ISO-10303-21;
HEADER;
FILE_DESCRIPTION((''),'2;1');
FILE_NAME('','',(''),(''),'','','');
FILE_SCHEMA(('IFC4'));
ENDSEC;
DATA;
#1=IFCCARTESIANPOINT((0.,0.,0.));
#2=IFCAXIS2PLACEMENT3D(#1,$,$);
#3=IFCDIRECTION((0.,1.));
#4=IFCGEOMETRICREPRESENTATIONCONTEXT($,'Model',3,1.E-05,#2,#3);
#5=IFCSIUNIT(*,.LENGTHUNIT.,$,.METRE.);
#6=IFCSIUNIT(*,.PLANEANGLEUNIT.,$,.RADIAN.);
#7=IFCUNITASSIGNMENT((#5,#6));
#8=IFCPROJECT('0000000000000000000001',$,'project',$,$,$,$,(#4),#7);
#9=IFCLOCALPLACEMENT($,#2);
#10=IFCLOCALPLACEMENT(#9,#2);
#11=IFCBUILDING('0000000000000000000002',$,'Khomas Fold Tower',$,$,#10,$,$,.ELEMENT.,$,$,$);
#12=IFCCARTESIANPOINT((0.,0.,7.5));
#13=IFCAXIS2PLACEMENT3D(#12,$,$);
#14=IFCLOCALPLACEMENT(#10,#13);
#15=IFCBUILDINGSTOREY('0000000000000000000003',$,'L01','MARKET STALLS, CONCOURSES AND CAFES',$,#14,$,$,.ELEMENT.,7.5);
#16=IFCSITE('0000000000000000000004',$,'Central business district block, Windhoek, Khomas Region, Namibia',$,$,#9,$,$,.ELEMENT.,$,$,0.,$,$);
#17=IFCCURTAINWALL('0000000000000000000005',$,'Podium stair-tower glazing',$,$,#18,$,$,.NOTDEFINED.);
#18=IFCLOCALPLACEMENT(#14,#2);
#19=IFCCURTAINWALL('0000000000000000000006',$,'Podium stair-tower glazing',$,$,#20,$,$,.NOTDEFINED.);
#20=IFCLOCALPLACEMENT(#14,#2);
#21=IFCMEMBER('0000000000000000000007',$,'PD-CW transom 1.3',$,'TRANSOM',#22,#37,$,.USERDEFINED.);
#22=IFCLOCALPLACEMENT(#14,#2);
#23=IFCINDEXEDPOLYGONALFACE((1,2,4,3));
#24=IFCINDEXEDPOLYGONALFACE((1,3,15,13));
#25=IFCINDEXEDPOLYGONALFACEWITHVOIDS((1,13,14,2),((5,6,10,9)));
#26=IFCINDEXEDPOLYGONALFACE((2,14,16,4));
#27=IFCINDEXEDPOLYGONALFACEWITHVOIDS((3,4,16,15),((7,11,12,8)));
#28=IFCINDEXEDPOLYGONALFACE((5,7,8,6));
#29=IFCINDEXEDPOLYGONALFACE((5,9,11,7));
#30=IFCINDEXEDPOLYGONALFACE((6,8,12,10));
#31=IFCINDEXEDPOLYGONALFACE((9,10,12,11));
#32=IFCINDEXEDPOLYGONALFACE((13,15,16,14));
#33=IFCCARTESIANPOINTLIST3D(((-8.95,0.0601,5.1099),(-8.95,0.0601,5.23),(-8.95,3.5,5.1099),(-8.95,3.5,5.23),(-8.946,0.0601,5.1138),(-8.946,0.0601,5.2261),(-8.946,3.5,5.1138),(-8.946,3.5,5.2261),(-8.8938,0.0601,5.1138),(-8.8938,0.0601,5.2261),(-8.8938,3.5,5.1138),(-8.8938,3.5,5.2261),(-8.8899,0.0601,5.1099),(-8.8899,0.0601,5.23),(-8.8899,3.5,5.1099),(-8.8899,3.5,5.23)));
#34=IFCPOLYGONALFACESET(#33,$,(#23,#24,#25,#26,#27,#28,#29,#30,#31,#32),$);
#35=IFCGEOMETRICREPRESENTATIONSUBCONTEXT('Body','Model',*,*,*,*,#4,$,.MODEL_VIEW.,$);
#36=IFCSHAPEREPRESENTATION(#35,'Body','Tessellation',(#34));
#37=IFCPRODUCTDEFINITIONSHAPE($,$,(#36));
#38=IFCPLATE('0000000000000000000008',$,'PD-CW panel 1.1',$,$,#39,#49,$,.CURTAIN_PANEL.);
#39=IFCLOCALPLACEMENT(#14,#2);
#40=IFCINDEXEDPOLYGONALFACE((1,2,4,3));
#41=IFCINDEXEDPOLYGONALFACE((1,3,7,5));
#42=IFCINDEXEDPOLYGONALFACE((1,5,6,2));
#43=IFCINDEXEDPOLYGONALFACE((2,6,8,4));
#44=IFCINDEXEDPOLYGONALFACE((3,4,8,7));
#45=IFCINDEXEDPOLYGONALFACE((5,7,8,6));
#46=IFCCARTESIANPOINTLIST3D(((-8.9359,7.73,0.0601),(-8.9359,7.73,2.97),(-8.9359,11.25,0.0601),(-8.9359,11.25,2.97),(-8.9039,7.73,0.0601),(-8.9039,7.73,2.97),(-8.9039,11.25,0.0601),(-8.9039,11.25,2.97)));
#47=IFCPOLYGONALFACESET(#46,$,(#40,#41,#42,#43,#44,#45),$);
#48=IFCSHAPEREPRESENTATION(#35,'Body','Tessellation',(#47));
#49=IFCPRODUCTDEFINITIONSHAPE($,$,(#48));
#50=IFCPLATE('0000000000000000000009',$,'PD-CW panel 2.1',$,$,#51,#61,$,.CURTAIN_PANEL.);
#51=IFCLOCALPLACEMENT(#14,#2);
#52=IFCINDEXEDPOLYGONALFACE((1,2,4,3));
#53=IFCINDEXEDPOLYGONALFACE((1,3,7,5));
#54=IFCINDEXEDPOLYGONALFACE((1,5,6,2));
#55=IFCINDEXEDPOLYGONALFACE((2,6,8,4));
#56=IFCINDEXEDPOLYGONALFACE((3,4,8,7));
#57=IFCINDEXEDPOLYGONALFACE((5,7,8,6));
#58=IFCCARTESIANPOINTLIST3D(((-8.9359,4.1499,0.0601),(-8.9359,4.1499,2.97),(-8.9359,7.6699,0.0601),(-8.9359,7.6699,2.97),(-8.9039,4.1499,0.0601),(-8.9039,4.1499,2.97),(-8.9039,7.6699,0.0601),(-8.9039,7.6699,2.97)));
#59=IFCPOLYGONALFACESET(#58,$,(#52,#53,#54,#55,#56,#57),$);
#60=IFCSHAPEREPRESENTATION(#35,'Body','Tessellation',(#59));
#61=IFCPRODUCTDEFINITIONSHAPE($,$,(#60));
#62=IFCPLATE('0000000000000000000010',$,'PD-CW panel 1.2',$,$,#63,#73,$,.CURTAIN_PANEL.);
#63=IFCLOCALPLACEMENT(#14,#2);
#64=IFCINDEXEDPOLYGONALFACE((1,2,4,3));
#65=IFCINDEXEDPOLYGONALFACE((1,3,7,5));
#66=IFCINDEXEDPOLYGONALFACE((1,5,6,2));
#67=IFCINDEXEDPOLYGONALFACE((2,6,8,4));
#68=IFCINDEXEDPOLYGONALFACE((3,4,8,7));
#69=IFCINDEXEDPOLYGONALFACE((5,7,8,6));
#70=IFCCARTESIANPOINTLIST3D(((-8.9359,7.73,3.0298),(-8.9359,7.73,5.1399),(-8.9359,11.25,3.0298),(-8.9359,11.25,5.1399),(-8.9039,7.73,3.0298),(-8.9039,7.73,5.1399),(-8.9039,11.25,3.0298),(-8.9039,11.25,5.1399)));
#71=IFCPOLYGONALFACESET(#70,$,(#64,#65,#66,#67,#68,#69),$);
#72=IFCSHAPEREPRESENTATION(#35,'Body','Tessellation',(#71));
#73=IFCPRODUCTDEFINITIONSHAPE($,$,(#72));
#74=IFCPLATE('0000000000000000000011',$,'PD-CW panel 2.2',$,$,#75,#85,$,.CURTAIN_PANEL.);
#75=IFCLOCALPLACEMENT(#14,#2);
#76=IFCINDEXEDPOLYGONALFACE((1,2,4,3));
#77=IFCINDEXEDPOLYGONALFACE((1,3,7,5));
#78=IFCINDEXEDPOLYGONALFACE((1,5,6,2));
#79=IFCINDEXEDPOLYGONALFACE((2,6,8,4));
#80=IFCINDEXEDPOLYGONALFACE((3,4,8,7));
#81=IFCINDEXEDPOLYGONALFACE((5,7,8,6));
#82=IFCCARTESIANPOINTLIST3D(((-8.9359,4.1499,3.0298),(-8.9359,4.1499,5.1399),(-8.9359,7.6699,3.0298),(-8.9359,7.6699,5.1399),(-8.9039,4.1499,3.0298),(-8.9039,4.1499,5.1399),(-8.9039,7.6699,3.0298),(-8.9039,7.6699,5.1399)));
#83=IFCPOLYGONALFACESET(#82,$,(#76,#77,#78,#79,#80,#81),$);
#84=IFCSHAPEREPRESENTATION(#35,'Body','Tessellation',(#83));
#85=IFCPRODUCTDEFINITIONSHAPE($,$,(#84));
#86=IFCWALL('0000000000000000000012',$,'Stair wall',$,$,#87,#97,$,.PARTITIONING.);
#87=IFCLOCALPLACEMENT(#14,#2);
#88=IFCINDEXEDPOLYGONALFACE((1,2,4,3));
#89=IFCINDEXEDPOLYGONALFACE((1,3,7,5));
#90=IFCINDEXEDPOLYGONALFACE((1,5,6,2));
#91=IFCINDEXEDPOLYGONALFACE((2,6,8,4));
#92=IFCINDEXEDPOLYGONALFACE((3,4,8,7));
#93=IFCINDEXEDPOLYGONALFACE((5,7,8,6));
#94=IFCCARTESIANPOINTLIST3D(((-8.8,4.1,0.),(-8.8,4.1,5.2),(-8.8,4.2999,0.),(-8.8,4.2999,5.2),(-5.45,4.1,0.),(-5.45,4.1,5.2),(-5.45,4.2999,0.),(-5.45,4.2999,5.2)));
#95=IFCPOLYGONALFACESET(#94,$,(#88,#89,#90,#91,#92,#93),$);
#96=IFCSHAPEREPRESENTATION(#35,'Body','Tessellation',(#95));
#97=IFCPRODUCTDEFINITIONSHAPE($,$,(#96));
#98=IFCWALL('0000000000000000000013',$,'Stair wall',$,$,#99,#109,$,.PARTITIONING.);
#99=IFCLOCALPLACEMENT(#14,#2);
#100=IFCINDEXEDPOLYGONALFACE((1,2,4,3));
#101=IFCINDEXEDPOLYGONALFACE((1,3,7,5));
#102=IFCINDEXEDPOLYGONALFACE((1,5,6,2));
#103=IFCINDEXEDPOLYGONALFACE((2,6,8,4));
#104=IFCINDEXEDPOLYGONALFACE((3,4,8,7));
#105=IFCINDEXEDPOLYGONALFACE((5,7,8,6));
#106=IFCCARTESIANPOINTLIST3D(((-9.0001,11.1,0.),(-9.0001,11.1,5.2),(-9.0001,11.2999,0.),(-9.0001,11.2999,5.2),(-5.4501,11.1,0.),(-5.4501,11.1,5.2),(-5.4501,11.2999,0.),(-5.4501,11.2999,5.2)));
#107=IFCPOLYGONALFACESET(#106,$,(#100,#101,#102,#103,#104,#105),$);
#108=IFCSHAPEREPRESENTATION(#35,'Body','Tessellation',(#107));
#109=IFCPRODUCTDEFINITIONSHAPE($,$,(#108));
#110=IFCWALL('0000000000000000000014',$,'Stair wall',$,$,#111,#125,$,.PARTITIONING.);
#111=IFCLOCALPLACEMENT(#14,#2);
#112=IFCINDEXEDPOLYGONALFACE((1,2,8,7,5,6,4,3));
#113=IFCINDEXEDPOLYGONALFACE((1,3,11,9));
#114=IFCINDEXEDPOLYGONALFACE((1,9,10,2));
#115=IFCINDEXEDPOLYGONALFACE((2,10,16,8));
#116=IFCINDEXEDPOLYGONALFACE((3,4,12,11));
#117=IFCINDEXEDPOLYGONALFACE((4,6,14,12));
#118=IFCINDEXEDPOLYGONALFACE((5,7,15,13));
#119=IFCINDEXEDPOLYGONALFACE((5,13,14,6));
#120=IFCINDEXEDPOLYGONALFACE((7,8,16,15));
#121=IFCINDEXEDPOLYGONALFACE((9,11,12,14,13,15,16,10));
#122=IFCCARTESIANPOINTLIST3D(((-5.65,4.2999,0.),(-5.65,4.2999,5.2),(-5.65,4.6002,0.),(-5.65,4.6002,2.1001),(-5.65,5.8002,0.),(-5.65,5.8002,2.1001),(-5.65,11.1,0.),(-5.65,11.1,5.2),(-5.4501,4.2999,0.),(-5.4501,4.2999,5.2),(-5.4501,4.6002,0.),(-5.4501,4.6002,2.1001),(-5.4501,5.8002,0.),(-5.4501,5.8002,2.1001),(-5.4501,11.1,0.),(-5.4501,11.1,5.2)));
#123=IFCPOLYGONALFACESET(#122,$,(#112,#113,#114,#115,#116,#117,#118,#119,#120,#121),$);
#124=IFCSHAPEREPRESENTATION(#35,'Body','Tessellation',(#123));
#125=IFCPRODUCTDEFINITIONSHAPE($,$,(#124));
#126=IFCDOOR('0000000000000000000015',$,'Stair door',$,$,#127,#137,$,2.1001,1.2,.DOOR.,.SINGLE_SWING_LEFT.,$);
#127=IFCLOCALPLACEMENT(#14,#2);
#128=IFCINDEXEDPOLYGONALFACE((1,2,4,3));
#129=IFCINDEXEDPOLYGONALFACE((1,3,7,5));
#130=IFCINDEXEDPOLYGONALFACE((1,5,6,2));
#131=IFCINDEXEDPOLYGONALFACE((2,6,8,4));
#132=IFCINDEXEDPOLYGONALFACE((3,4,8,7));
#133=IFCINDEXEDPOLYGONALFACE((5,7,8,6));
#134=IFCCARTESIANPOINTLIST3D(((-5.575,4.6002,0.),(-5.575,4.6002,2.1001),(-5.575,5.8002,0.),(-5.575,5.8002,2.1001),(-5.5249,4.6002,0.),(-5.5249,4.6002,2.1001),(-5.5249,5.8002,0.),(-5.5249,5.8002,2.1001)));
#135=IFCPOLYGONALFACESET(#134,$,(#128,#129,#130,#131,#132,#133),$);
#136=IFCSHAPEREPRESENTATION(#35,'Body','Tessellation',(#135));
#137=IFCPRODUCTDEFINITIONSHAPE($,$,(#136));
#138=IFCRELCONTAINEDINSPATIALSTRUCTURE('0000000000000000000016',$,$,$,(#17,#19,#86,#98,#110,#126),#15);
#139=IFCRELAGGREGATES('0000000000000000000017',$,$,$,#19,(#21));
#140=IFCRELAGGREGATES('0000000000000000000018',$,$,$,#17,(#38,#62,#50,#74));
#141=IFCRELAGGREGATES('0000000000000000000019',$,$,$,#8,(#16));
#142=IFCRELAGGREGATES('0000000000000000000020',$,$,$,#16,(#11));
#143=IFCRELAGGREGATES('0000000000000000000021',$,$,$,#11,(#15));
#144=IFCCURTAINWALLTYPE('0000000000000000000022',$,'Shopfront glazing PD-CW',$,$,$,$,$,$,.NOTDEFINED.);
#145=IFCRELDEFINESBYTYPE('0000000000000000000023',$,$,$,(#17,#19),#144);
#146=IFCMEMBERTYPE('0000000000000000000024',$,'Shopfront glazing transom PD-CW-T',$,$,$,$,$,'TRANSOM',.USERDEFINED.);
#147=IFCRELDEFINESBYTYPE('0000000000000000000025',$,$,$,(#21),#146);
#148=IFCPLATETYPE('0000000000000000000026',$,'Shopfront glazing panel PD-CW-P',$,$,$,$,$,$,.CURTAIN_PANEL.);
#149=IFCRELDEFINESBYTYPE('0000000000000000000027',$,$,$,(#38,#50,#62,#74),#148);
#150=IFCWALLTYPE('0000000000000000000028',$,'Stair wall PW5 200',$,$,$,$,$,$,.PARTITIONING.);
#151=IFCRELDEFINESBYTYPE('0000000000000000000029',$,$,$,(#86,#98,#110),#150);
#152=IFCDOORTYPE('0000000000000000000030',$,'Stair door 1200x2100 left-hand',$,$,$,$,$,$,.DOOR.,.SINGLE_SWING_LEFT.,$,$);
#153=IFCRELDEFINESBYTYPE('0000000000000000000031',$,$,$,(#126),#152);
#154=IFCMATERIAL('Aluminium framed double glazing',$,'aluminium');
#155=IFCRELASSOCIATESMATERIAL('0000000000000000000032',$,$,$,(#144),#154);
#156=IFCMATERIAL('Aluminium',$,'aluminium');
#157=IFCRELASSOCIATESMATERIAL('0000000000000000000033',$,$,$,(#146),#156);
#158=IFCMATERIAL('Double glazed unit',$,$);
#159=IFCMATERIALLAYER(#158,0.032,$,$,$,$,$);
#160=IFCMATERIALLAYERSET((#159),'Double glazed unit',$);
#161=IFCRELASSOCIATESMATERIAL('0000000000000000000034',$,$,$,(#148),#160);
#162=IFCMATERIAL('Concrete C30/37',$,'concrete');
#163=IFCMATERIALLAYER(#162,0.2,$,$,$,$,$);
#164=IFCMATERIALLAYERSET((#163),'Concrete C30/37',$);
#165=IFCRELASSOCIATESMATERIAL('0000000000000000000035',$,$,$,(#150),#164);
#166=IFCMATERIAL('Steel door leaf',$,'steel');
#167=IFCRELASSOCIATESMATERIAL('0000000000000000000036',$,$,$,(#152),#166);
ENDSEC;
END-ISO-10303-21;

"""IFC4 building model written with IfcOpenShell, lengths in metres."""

from ifc_helpers import new_model, si_unit, direction, frame, frame_2d, origin, origin_2d, place, context, subcontext, project, spatial, rectangle, hollow_rectangle, extrude, source, transform, mapped, material, layer, layer_set, material_profile, profile_set, type_object, element, fill, aggregate, save


model = new_model("IFC4")

# Units and contexts
model_context = context("Model", 3, precision=1e-05, world=origin(), true_north=direction((0.0, 1.0)))
body_context = subcontext(model_context, "Body", "Model", "MODEL_VIEW")
ifc_project = project(units=[si_unit("LENGTHUNIT", "METRE"), si_unit("PLANEANGLEUNIT", "RADIAN")], contexts=[model_context])

# Site, building, storey
site_placement = place(None, origin())
site = spatial("IfcSite", under=ifc_project, at=site_placement, Name="Central business district block, Windhoek, Khomas Region, Namibia", CompositionType="ELEMENT", RefElevation=0.0)
building_placement = place(site_placement, origin())
building = spatial("IfcBuilding", under=site, at=building_placement, Name="Khomas Fold Tower", CompositionType="ELEMENT")
storey_placement = place(building_placement, frame((0.0, 0.0, 7.5)))
storey = spatial("IfcBuildingStorey", under=building, at=storey_placement, Name="L01", Description="MARKET STALLS, CONCOURSES AND CAFES", CompositionType="ELEMENT", Elevation=7.5)

# Curtain wall
ifc_material_1 = material(Name="Aluminium framed double glazing", Category="aluminium")
curtain_wall_type = type_object("IfcCurtainWallType", Name="Shopfront glazing PD-CW", PredefinedType="NOTDEFINED", material=ifc_material_1)
curtain_wall_1_placement = place(storey_placement, origin())
curtain_wall_1 = element("IfcCurtainWall", 1, at=curtain_wall_1_placement, inside=storey, type_object=curtain_wall_type, Name="Podium stair-tower glazing", PredefinedType="NOTDEFINED")

# Curtain wall
curtain_wall_2_placement = place(storey_placement, origin())
curtain_wall_2 = element("IfcCurtainWall", 2, at=curtain_wall_2_placement, inside=storey, type_object=curtain_wall_type, Name="Podium stair-tower glazing", PredefinedType="NOTDEFINED")

# Member
ifc_material_2 = material(Name="Aluminium", Category="aluminium")
ifc_material_profile_1 = material_profile(ifc_material_2, hollow_rectangle(XDim=0.0601, YDim=0.1201, WallThickness=0.0039, at=origin_2d()), Name="Shopfront glazing transom PD-CW-T")
ifc_profile_set_1 = profile_set([ifc_material_profile_1], Name="Aluminium")
member_type_1 = type_object("IfcMemberType", Name="Shopfront glazing transom PD-CW-T", ElementType="TRANSOM", PredefinedType="USERDEFINED", material=ifc_profile_set_1)
shared_shape_1 = source(origin(), body_context, "Body", "SweptSolid", [
    extrude(hollow_rectangle(XDim=0.0601, YDim=0.1201, WallThickness=0.0039, at=origin_2d()), origin(), (0.0, 0.0, 1.0), 3.4399),
])
member_1_placement = place(storey_placement, frame((-8.9199, 3.5, 5.1699), z_axis=(0.0, -1.0, 0.0), x_axis=(1.0, 0.0, 0.0)))
member_1 = element("IfcMember", 3, at=member_1_placement, type_object=member_type_1, Name="PD-CW transom 1.3", ObjectType="TRANSOM", PredefinedType="USERDEFINED", context=body_context, shape_type="MappedRepresentation", body=[
    mapped(shared_shape_1, transform((0.0, 0.0, 0.0))),
])
aggregate(curtain_wall_2, [member_1])

# Plates
ifc_material_3 = material(Name="Double glazed unit")
ifc_layer_1 = layer(ifc_material_3, 0.032)
ifc_layer_set_1 = layer_set([ifc_layer_1], Name="Double glazed unit")
plate_type = type_object("IfcPlateType", Name="Shopfront glazing panel PD-CW-P", PredefinedType="CURTAIN_PANEL", material=ifc_layer_set_1)
shared_shape_2 = source(origin(), body_context, "Body", "SweptSolid", [
    extrude(rectangle(XDim=3.52, YDim=0.032, at=origin_2d()), origin(), (0.0, 0.0, 1.0), 2.9099),
])
plate_1_placement = place(storey_placement, frame((-8.9199, 9.49, 0.0601), z_axis=(0.0, 0.0, 1.0), x_axis=(0.0, -1.0, 0.0)))
plate_1 = element("IfcPlate", 4, at=plate_1_placement, type_object=plate_type, Name="PD-CW panel 1.1", PredefinedType="CURTAIN_PANEL", context=body_context, shape_type="MappedRepresentation", body=[
    mapped(shared_shape_2, transform((0.0, 0.0, 0.0))),
])
plate_2_placement = place(storey_placement, frame((-8.9199, 5.9099, 0.0601), z_axis=(0.0, 0.0, 1.0), x_axis=(0.0, -1.0, 0.0)))
plate_2 = element("IfcPlate", 5, at=plate_2_placement, type_object=plate_type, Name="PD-CW panel 2.1", PredefinedType="CURTAIN_PANEL", context=body_context, shape_type="MappedRepresentation", body=[
    mapped(shared_shape_2, transform((0.0, 0.0, 0.0))),
])
shared_shape_3 = source(origin(), body_context, "Body", "SweptSolid", [
    extrude(rectangle(XDim=3.52, YDim=0.032, at=origin_2d()), origin(), (0.0, 0.0, 1.0), 2.1101),
])
plate_3_placement = place(storey_placement, frame((-8.9199, 9.49, 3.0298), z_axis=(0.0, 0.0, 1.0), x_axis=(0.0, -1.0, 0.0)))
plate_3 = element("IfcPlate", 6, at=plate_3_placement, type_object=plate_type, Name="PD-CW panel 1.2", PredefinedType="CURTAIN_PANEL", context=body_context, shape_type="MappedRepresentation", body=[
    mapped(shared_shape_3, transform((0.0, 0.0, 0.0))),
])
plate_4_placement = place(storey_placement, frame((-8.9199, 5.9099, 3.0298), z_axis=(0.0, 0.0, 1.0), x_axis=(0.0, -1.0, 0.0)))
plate_4 = element("IfcPlate", 7, at=plate_4_placement, type_object=plate_type, Name="PD-CW panel 2.2", PredefinedType="CURTAIN_PANEL", context=body_context, shape_type="MappedRepresentation", body=[
    mapped(shared_shape_3, transform((0.0, 0.0, 0.0))),
])
aggregate(curtain_wall_1, [plate_1, plate_3, plate_2, plate_4])

# Walls
ifc_material_4 = material(Name="Concrete C30/37", Category="concrete")
ifc_layer_2 = layer(ifc_material_4, 0.2)
ifc_layer_set_2 = layer_set([ifc_layer_2], Name="Concrete C30/37")
wall_type = type_object("IfcWallType", Name="Stair wall PW5 200", PredefinedType="PARTITIONING", material=ifc_layer_set_2)
shared_shape_4 = source(origin(), body_context, "Body", "SweptSolid", [
    extrude(rectangle(XDim=3.3501, YDim=0.2, at=frame_2d((1.675, 0.0))), origin(), (0.0, 0.0, 1.0), 5.2),
])
wall_1_placement = place(storey_placement, frame((-8.8, 4.2, 0.0), z_axis=(0.0, 0.0, 1.0), x_axis=(1.0, 0.0, 0.0)))
element("IfcWall", 8, at=wall_1_placement, inside=storey, type_object=wall_type, Name="Stair wall", PredefinedType="PARTITIONING", context=body_context, shape_type="MappedRepresentation", body=[
    mapped(shared_shape_4, transform((0.0, 0.0, 0.0))),
])
shared_shape_5 = source(origin(), body_context, "Body", "SweptSolid", [
    extrude(rectangle(XDim=3.55, YDim=0.2, at=frame_2d((1.7749, 0.0))), origin(), (0.0, 0.0, 1.0), 5.2),
])
wall_2_placement = place(storey_placement, frame((-9.0, 11.2, 0.0), z_axis=(0.0, 0.0, 1.0), x_axis=(1.0, 0.0, 0.0)))
element("IfcWall", 9, at=wall_2_placement, inside=storey, type_object=wall_type, Name="Stair wall", PredefinedType="PARTITIONING", context=body_context, shape_type="MappedRepresentation", body=[
    mapped(shared_shape_5, transform((0.0, 0.0, 0.0))),
])

# Wall, opening, door
shared_shape_6 = source(origin(), body_context, "Body", "SweptSolid", [
    extrude(rectangle(XDim=6.8, YDim=0.2, at=frame_2d((3.3999, 0.0))), origin(), (0.0, 0.0, 1.0), 5.2),
])
wall_3_placement = place(storey_placement, frame((-5.55, 4.3, 0.0), z_axis=(0.0, 0.0, 1.0), x_axis=(0.0, 1.0, 0.0)))
wall_3 = element("IfcWall", 10, at=wall_3_placement, inside=storey, type_object=wall_type, Name="Stair wall", PredefinedType="PARTITIONING", context=body_context, shape_type="MappedRepresentation", body=[
    mapped(shared_shape_6, transform((0.0, 0.0, 0.0))),
])
shared_shape_7 = source(origin(), body_context, "Body", "SweptSolid", [
    extrude(rectangle(XDim=1.2, YDim=2.1001, at=frame_2d((0.6001, 1.05))), frame((0.0, 0.1099, 0.0), z_axis=(0.0, -1.0, 0.0), x_axis=(1.0, 0.0, 0.0)), (0.0, 0.0, 1.0), 0.22),
])
opening_placement = place(wall_3_placement, frame((0.3, 0.0, 0.0)))
opening = element("IfcOpeningElement", 11, at=opening_placement, cuts=wall_3, PredefinedType="OPENING", context=body_context, shape_type="MappedRepresentation", body=[
    mapped(shared_shape_7, transform((0.0, 0.0, 0.0))),
])
ifc_material_5 = material(Name="Steel door leaf", Category="steel")
door_type = type_object("IfcDoorType", Name="Stair door 1200x2100 left-hand", OperationType="SINGLE_SWING_LEFT", PredefinedType="DOOR", material=ifc_material_5)
shared_shape_8 = source(origin(), body_context, "Body", "SweptSolid", [
    extrude(rectangle(XDim=1.2, YDim=2.1001, at=frame_2d((0.6001, 1.05))), frame((0.0, 0.0249, 0.0), z_axis=(0.0, -1.0, 0.0), x_axis=(1.0, 0.0, 0.0)), (0.0, 0.0, 1.0), 0.05),
])
door_placement = place(opening_placement, origin())
door = element("IfcDoor", 12, at=door_placement, inside=storey, type_object=door_type, Name="Stair door", OperationType="SINGLE_SWING_LEFT", OverallHeight=2.1001, OverallWidth=1.2, PredefinedType="DOOR", context=body_context, shape_type="MappedRepresentation", body=[
    mapped(shared_shape_8, transform((0.0, 0.0, 0.0))),
])
fill(opening, door)

save(model, "model.ifc")
